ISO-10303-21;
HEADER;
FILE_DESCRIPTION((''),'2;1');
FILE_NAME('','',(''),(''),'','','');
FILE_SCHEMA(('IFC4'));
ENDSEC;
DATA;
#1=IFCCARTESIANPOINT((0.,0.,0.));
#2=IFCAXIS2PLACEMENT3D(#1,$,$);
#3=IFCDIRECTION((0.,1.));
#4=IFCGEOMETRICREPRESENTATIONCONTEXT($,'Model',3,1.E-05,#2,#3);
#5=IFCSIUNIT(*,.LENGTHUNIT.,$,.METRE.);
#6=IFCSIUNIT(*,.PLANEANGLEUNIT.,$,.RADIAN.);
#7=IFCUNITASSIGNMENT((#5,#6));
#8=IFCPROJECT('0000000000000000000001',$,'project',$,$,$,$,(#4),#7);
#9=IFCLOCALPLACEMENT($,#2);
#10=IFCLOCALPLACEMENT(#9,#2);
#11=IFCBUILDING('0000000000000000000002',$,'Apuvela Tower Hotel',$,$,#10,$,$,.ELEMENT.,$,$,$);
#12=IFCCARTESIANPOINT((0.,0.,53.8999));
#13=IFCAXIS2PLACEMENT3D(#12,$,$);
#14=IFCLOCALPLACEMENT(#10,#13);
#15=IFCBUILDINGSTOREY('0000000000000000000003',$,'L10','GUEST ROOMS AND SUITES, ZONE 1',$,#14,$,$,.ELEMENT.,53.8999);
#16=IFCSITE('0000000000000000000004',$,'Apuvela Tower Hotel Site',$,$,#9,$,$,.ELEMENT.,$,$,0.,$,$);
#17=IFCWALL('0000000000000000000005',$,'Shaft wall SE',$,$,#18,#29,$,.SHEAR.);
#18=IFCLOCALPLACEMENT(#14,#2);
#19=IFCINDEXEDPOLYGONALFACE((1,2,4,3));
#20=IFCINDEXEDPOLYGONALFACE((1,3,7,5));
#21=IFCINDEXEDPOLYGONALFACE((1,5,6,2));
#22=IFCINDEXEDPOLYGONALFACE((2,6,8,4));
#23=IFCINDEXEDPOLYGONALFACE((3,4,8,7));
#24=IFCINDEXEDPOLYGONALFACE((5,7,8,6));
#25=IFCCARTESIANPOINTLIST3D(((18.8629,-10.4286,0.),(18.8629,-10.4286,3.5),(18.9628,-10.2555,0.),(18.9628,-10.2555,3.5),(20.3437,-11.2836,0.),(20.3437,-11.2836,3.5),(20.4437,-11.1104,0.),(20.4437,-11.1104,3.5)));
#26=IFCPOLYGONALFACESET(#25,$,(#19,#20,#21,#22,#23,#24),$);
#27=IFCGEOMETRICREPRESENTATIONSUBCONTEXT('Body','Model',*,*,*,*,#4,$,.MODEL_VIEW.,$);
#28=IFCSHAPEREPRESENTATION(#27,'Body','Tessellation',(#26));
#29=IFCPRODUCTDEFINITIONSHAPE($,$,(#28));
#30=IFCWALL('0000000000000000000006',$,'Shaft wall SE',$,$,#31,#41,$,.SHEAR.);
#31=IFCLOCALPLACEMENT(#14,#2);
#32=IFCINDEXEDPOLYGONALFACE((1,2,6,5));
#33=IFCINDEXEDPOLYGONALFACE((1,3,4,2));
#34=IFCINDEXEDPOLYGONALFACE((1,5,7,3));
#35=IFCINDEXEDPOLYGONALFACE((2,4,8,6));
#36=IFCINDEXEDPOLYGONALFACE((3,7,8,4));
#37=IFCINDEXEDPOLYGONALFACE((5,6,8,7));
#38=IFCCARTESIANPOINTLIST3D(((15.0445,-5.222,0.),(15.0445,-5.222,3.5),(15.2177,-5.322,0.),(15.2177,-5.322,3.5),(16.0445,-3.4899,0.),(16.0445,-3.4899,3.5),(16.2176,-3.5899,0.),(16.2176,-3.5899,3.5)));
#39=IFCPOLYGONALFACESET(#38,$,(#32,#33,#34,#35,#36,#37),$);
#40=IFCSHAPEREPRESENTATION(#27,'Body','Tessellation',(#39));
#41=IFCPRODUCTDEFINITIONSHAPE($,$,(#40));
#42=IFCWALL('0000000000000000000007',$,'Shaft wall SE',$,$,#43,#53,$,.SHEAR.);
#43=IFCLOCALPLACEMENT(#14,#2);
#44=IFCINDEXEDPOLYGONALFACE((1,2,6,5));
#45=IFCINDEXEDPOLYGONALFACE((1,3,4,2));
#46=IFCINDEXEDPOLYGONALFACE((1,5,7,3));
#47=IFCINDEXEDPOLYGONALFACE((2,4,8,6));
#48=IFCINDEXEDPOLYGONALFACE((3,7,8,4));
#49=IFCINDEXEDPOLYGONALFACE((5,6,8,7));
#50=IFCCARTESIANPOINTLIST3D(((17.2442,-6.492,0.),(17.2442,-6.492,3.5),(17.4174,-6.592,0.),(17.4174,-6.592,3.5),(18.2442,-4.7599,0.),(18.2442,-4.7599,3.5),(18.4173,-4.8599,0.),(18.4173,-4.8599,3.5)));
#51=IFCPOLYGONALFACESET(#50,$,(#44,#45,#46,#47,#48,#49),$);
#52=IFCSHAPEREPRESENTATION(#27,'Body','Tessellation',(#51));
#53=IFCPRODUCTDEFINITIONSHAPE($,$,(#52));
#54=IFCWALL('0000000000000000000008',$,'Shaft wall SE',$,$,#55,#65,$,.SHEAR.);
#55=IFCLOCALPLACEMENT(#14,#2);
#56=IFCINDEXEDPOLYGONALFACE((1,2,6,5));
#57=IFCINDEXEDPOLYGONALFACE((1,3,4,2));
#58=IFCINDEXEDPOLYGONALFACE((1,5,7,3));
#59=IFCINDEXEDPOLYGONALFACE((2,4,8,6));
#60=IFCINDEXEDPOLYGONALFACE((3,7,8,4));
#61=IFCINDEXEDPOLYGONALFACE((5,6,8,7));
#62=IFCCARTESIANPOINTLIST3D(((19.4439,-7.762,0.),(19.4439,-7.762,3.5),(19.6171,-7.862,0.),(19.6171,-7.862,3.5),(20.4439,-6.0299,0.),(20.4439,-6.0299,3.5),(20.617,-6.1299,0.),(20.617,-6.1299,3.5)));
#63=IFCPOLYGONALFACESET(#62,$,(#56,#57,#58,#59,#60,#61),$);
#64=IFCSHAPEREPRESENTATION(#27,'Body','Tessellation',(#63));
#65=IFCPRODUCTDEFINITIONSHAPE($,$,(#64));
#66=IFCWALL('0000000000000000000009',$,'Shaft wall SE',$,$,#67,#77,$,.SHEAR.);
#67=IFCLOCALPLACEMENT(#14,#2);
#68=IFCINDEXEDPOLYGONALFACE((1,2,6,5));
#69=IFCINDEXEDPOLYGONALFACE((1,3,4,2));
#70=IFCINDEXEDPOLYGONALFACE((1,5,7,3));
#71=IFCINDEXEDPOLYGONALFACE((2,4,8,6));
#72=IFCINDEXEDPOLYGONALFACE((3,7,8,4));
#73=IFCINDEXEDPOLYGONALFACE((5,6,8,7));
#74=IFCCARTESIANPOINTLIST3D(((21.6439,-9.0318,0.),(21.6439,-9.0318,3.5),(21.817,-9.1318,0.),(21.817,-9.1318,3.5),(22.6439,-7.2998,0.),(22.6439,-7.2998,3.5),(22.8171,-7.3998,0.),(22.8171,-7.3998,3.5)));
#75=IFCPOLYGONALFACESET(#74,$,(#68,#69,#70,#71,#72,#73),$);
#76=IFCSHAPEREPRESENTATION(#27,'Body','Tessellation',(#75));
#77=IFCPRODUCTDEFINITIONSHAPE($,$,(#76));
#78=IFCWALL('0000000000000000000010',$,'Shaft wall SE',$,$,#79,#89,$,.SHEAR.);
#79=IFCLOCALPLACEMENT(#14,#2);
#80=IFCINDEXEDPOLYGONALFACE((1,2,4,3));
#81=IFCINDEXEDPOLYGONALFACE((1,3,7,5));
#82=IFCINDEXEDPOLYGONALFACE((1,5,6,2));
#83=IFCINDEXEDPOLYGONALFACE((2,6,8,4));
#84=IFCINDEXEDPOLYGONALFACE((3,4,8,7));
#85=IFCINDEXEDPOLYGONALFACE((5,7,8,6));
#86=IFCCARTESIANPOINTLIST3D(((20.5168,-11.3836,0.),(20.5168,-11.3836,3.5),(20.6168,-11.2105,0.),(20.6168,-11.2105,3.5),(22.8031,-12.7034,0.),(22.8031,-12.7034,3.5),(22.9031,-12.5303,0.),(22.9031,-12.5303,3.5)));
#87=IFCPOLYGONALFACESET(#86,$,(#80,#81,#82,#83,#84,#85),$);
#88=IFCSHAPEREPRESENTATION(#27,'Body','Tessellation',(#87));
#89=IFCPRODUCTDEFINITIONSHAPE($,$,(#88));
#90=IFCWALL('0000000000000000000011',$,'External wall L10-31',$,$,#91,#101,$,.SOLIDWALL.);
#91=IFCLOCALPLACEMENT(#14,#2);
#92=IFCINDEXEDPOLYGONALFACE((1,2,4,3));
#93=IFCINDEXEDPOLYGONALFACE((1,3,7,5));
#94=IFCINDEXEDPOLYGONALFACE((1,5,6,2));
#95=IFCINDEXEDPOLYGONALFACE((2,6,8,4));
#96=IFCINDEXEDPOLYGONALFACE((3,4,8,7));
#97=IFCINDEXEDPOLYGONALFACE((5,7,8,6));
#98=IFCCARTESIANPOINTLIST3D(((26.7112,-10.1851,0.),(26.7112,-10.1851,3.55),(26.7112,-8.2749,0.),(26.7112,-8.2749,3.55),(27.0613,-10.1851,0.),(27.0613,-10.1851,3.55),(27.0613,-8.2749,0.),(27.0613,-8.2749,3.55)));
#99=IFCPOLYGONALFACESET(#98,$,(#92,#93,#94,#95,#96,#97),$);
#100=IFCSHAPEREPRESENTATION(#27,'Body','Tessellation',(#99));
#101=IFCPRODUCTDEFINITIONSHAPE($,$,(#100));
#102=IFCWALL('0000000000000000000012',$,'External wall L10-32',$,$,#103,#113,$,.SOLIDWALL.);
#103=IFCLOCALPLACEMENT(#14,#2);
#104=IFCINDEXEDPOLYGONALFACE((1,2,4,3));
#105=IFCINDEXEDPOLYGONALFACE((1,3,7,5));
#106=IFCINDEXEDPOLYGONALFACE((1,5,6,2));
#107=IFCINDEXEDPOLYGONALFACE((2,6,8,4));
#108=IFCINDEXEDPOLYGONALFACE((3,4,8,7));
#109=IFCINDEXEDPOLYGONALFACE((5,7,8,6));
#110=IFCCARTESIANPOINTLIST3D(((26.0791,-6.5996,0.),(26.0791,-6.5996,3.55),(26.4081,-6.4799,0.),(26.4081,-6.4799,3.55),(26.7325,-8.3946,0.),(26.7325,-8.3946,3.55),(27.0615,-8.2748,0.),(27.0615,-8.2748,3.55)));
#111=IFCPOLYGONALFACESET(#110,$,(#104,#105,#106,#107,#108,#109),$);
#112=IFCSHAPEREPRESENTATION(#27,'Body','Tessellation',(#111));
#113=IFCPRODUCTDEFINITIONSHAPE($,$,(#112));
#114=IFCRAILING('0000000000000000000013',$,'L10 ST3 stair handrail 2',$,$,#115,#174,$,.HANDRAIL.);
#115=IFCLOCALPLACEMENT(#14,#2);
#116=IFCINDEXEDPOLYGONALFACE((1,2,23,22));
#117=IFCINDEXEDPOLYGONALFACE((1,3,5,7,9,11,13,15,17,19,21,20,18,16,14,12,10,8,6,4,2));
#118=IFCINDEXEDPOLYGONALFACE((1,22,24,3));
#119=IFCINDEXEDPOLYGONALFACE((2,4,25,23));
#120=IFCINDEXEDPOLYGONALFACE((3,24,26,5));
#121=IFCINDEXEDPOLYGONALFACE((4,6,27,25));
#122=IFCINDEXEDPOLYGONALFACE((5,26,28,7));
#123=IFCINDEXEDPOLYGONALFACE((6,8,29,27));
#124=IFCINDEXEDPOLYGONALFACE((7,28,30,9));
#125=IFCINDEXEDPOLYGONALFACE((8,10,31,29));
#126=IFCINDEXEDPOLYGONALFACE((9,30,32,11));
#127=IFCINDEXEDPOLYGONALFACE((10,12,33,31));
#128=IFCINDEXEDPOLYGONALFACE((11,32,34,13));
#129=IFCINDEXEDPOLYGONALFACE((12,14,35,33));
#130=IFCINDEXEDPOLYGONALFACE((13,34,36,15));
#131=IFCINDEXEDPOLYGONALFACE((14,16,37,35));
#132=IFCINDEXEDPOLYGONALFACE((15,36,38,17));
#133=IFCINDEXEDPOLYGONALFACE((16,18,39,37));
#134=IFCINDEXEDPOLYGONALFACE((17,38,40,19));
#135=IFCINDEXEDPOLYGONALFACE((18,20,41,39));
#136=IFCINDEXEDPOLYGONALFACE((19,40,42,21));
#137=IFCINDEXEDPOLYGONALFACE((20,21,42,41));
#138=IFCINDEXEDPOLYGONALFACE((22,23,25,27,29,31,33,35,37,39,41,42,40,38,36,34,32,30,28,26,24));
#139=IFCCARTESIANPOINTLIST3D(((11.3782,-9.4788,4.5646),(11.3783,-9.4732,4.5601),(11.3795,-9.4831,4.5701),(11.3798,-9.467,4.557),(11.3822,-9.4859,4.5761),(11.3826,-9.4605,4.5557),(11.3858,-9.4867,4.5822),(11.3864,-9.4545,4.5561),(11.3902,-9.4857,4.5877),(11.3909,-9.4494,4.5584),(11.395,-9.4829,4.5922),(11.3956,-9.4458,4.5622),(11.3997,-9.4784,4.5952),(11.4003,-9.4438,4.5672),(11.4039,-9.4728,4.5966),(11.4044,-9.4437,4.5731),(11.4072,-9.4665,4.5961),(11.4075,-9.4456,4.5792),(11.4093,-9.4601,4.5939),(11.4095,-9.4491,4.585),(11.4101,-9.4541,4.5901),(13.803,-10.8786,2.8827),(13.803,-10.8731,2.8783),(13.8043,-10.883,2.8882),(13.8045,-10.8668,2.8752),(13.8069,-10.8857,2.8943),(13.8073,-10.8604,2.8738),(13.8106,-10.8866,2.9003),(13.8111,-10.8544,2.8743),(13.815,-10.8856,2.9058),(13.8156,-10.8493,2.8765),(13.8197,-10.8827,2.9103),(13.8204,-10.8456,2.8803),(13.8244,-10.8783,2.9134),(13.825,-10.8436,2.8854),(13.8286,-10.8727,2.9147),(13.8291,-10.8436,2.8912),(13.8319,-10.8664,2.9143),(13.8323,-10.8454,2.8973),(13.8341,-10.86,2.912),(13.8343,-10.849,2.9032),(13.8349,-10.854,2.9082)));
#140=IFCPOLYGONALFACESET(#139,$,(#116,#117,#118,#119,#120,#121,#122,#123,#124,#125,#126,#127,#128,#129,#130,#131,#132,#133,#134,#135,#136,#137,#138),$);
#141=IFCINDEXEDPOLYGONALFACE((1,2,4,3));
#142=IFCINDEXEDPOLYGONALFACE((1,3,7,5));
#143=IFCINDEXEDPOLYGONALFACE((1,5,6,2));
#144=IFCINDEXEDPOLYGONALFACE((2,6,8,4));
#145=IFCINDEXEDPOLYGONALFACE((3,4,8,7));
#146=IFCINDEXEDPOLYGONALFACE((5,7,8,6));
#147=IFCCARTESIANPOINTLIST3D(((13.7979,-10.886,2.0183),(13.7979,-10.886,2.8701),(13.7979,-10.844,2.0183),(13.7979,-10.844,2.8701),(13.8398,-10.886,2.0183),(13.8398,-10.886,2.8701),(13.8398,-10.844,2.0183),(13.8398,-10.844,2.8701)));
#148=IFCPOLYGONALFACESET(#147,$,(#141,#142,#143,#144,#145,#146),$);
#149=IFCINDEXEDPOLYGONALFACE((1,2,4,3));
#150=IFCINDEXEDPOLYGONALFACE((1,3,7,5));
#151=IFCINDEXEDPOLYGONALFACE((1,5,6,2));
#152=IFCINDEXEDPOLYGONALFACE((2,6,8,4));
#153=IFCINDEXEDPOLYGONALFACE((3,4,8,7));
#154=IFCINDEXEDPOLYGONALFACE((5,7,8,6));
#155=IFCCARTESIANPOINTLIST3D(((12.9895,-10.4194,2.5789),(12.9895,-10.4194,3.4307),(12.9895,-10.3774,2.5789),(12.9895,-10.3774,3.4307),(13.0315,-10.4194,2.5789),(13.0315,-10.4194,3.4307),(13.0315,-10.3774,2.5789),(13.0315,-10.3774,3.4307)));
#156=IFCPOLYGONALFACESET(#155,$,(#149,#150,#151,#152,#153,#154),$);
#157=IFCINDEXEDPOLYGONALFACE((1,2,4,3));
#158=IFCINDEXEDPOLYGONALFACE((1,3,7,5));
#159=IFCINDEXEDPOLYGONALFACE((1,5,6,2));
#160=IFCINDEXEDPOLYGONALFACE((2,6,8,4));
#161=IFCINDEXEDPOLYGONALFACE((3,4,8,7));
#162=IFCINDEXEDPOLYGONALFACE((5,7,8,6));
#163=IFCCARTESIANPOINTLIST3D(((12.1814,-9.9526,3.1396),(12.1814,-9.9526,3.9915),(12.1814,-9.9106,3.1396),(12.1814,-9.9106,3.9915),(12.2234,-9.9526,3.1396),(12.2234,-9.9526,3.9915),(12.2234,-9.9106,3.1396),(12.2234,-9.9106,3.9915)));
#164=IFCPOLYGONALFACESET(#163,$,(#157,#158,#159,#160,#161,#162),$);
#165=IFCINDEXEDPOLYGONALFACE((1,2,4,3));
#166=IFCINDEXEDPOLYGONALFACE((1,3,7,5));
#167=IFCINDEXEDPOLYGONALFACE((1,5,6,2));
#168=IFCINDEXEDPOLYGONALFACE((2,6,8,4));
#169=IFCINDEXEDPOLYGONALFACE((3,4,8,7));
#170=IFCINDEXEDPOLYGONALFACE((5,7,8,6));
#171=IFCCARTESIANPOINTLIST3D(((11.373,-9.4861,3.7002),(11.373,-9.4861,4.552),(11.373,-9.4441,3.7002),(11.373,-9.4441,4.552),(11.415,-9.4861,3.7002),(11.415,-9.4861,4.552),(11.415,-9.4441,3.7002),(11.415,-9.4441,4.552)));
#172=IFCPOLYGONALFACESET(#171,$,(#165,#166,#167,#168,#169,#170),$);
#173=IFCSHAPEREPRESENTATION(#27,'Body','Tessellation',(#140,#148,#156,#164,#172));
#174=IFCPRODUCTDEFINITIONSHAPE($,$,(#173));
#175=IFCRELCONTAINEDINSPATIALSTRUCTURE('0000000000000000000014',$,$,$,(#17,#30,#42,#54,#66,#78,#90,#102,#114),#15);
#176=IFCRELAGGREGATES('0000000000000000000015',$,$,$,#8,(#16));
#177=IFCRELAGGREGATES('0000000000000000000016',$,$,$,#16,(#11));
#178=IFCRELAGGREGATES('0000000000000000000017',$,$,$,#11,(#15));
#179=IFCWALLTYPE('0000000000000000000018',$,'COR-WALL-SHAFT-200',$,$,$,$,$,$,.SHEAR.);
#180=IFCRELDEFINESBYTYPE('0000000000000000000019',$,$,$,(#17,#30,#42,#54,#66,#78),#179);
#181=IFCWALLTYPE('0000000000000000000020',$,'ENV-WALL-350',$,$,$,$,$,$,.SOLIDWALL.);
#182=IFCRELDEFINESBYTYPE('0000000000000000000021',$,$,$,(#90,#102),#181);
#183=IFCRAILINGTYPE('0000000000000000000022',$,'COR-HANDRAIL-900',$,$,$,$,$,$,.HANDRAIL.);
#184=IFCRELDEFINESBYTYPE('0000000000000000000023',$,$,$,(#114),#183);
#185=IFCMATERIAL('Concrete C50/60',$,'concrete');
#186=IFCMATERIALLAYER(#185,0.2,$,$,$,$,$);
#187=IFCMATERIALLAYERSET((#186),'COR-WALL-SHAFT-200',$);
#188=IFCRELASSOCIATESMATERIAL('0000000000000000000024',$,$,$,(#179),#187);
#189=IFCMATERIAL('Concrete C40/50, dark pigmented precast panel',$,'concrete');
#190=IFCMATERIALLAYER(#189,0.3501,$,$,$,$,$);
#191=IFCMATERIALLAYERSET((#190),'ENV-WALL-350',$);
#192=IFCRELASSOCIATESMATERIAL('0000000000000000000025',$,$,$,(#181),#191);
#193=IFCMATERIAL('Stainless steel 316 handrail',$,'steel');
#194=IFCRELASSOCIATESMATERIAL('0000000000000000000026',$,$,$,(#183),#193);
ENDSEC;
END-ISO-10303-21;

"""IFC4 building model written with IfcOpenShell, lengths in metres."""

from ifc_helpers import new_model, si_unit, direction, frame, frame_2d, origin, origin_2d, place, context, subcontext, project, spatial, rectangle, circle, extrude, material, layer, layer_set, type_object, element, save


model = new_model("IFC4")

# Units and contexts
model_context = context("Model", 3, precision=1e-05, world=origin(), true_north=direction((0.0, 1.0)))
body_context = subcontext(model_context, "Body", "Model", "MODEL_VIEW")
ifc_project = project(units=[si_unit("LENGTHUNIT", "METRE"), si_unit("PLANEANGLEUNIT", "RADIAN")], contexts=[model_context])

# Site, building, storey
site_placement = place(None, origin())
site = spatial("IfcSite", under=ifc_project, at=site_placement, Name="Apuvela Tower Hotel Site", CompositionType="ELEMENT", RefElevation=0.0)
building_placement = place(site_placement, origin())
building = spatial("IfcBuilding", under=site, at=building_placement, Name="Apuvela Tower Hotel", CompositionType="ELEMENT")
storey_placement = place(building_placement, frame((0.0, 0.0, 53.8999)))
storey = spatial("IfcBuildingStorey", under=building, at=storey_placement, Name="L10", Description="GUEST ROOMS AND SUITES, ZONE 1", CompositionType="ELEMENT", Elevation=53.8999)

# Walls
ifc_material_1 = material(Name="Concrete C50/60", Category="concrete")
ifc_layer_1 = layer(ifc_material_1, 0.2)
ifc_layer_set_1 = layer_set([ifc_layer_1], Name="COR-WALL-SHAFT-200")
wall_type_1 = type_object("IfcWallType", Name="COR-WALL-SHAFT-200", PredefinedType="SHEAR", material=ifc_layer_set_1)
wall_1_placement = place(storey_placement, frame((18.9128, -10.342, 0.0), z_axis=(0.0, 0.0, 1.0), x_axis=(0.866038, -0.499978, 0.0)))
element("IfcWall", 1, at=wall_1_placement, inside=storey, type_object=wall_type_1, Name="Shaft wall SE", PredefinedType="SHEAR", context=body_context, shape_type="SweptSolid", body=[
    extrude(rectangle(XDim=1.71, YDim=0.2, at=frame_2d((0.855, 0.0))), origin(), (0.0, 0.0, 1.0), 3.5),
])
for number, where, z_axis, x_axis, name in (
    (2, (15.1311, -5.272, 0.0), (0.0, 0.0, 1.0), (0.499973, 0.866041, 0.0), "Shaft wall SE"),
    (3, (17.3308, -6.542, 0.0), (0.0, 0.0, 1.0), (0.499973, 0.866041, 0.0), "Shaft wall SE"),
    (4, (19.5305, -7.812, 0.0), (0.0, 0.0, 1.0), (0.499973, 0.866041, 0.0), "Shaft wall SE"),
    (5, (21.7305, -9.0818, 0.0), (0.0, 0.0, 1.0), (0.500025, 0.866011, 0.0), "Shaft wall SE"),
):
    element("IfcWall", number, at=place(storey_placement, frame(where, z_axis=z_axis, x_axis=x_axis)), inside=storey, type_object=wall_type_1, Name=name, PredefinedType="SHEAR", context=body_context, shape_type="SweptSolid", body=[
        extrude(rectangle(XDim=2.0, YDim=0.2, at=frame_2d((1.0, 0.0))), origin(), (0.0, 0.0, 1.0), 3.5),
    ])
wall_2_placement = place(storey_placement, frame((20.5669, -11.2971, 0.0), z_axis=(0.0, 0.0, 1.0), x_axis=(0.866061, -0.499939, 0.0)))
element("IfcWall", 6, at=wall_2_placement, inside=storey, type_object=wall_type_1, Name="Shaft wall SE", PredefinedType="SHEAR", context=body_context, shape_type="SweptSolid", body=[
    extrude(rectangle(XDim=2.6399, YDim=0.2, at=frame_2d((1.3198, 0.0))), origin(), (0.0, 0.0, 1.0), 3.5),
])
ifc_material_2 = material(Name="Concrete C40/50, dark pigmented precast panel", Category="concrete")
ifc_layer_2 = layer(ifc_material_2, 0.3501)
ifc_layer_set_2 = layer_set([ifc_layer_2], Name="ENV-WALL-350")
wall_type_2 = type_object("IfcWallType", Name="ENV-WALL-350", PredefinedType="SOLIDWALL", material=ifc_layer_set_2)
for number, where, z_axis, x_axis, name in (
    (7, (26.8862, -10.1851, 0.0), (0.0, 0.0, 1.0), (0.0, 1.0, 0.0), "External wall L10-31"),
    (8, (26.897, -8.3347, 0.0), (0.0, 0.0, 1.0), (-0.34203, 0.939689, 0.0), "External wall L10-32"),
):
    element("IfcWall", number, at=place(storey_placement, frame(where, z_axis=z_axis, x_axis=x_axis)), inside=storey, type_object=wall_type_2, Name=name, PredefinedType="SOLIDWALL", context=body_context, shape_type="SweptSolid", body=[
        extrude(rectangle(XDim=1.9102, YDim=0.3501, at=frame_2d((0.9551, 0.0))), origin(), (0.0, 0.0, 1.0), 3.55),
    ])

# Railing
ifc_material_3 = material(Name="Stainless steel 316 handrail", Category="steel")
railing_type_1 = type_object("IfcRailingType", Name="COR-HANDRAIL-900", PredefinedType="HANDRAIL", material=ifc_material_3)
railing_1_placement = place(storey_placement, frame((13.8188, -10.865, 2.0183)))
element("IfcRailing", 9, at=railing_1_placement, inside=storey, type_object=railing_type_1, Name="L10 ST3 stair handrail 2", PredefinedType="HANDRAIL", context=body_context, shape_type="SweptSolid", body=[
    extrude(circle(Radius=0.0239, at=origin_2d()), frame((0.0, 0.0, 0.876), z_axis=(-0.74239, 0.428601, 0.514934), x_axis=(-0.499984, -0.866035, 0.0)), (0.0, 0.0, 1.0), 3.2661),
    extrude(rectangle(XDim=0.042, YDim=0.042, at=origin_2d()), origin(), (0.0, 0.0, 1.0), 0.8518),
    extrude(rectangle(XDim=0.042, YDim=0.042, at=origin_2d()), frame((-0.8083, 0.4666, 0.5605)), (0.0, 0.0, 1.0), 0.8518),
    extrude(rectangle(XDim=0.042, YDim=0.042, at=origin_2d()), frame((-1.6165, 0.9333, 1.1213)), (0.0, 0.0, 1.0), 0.8518),
    extrude(rectangle(XDim=0.042, YDim=0.042, at=origin_2d()), frame((-2.4248, 1.3999, 1.6819)), (0.0, 0.0, 1.0), 0.8518),
])

save(model, "model.ifc")
